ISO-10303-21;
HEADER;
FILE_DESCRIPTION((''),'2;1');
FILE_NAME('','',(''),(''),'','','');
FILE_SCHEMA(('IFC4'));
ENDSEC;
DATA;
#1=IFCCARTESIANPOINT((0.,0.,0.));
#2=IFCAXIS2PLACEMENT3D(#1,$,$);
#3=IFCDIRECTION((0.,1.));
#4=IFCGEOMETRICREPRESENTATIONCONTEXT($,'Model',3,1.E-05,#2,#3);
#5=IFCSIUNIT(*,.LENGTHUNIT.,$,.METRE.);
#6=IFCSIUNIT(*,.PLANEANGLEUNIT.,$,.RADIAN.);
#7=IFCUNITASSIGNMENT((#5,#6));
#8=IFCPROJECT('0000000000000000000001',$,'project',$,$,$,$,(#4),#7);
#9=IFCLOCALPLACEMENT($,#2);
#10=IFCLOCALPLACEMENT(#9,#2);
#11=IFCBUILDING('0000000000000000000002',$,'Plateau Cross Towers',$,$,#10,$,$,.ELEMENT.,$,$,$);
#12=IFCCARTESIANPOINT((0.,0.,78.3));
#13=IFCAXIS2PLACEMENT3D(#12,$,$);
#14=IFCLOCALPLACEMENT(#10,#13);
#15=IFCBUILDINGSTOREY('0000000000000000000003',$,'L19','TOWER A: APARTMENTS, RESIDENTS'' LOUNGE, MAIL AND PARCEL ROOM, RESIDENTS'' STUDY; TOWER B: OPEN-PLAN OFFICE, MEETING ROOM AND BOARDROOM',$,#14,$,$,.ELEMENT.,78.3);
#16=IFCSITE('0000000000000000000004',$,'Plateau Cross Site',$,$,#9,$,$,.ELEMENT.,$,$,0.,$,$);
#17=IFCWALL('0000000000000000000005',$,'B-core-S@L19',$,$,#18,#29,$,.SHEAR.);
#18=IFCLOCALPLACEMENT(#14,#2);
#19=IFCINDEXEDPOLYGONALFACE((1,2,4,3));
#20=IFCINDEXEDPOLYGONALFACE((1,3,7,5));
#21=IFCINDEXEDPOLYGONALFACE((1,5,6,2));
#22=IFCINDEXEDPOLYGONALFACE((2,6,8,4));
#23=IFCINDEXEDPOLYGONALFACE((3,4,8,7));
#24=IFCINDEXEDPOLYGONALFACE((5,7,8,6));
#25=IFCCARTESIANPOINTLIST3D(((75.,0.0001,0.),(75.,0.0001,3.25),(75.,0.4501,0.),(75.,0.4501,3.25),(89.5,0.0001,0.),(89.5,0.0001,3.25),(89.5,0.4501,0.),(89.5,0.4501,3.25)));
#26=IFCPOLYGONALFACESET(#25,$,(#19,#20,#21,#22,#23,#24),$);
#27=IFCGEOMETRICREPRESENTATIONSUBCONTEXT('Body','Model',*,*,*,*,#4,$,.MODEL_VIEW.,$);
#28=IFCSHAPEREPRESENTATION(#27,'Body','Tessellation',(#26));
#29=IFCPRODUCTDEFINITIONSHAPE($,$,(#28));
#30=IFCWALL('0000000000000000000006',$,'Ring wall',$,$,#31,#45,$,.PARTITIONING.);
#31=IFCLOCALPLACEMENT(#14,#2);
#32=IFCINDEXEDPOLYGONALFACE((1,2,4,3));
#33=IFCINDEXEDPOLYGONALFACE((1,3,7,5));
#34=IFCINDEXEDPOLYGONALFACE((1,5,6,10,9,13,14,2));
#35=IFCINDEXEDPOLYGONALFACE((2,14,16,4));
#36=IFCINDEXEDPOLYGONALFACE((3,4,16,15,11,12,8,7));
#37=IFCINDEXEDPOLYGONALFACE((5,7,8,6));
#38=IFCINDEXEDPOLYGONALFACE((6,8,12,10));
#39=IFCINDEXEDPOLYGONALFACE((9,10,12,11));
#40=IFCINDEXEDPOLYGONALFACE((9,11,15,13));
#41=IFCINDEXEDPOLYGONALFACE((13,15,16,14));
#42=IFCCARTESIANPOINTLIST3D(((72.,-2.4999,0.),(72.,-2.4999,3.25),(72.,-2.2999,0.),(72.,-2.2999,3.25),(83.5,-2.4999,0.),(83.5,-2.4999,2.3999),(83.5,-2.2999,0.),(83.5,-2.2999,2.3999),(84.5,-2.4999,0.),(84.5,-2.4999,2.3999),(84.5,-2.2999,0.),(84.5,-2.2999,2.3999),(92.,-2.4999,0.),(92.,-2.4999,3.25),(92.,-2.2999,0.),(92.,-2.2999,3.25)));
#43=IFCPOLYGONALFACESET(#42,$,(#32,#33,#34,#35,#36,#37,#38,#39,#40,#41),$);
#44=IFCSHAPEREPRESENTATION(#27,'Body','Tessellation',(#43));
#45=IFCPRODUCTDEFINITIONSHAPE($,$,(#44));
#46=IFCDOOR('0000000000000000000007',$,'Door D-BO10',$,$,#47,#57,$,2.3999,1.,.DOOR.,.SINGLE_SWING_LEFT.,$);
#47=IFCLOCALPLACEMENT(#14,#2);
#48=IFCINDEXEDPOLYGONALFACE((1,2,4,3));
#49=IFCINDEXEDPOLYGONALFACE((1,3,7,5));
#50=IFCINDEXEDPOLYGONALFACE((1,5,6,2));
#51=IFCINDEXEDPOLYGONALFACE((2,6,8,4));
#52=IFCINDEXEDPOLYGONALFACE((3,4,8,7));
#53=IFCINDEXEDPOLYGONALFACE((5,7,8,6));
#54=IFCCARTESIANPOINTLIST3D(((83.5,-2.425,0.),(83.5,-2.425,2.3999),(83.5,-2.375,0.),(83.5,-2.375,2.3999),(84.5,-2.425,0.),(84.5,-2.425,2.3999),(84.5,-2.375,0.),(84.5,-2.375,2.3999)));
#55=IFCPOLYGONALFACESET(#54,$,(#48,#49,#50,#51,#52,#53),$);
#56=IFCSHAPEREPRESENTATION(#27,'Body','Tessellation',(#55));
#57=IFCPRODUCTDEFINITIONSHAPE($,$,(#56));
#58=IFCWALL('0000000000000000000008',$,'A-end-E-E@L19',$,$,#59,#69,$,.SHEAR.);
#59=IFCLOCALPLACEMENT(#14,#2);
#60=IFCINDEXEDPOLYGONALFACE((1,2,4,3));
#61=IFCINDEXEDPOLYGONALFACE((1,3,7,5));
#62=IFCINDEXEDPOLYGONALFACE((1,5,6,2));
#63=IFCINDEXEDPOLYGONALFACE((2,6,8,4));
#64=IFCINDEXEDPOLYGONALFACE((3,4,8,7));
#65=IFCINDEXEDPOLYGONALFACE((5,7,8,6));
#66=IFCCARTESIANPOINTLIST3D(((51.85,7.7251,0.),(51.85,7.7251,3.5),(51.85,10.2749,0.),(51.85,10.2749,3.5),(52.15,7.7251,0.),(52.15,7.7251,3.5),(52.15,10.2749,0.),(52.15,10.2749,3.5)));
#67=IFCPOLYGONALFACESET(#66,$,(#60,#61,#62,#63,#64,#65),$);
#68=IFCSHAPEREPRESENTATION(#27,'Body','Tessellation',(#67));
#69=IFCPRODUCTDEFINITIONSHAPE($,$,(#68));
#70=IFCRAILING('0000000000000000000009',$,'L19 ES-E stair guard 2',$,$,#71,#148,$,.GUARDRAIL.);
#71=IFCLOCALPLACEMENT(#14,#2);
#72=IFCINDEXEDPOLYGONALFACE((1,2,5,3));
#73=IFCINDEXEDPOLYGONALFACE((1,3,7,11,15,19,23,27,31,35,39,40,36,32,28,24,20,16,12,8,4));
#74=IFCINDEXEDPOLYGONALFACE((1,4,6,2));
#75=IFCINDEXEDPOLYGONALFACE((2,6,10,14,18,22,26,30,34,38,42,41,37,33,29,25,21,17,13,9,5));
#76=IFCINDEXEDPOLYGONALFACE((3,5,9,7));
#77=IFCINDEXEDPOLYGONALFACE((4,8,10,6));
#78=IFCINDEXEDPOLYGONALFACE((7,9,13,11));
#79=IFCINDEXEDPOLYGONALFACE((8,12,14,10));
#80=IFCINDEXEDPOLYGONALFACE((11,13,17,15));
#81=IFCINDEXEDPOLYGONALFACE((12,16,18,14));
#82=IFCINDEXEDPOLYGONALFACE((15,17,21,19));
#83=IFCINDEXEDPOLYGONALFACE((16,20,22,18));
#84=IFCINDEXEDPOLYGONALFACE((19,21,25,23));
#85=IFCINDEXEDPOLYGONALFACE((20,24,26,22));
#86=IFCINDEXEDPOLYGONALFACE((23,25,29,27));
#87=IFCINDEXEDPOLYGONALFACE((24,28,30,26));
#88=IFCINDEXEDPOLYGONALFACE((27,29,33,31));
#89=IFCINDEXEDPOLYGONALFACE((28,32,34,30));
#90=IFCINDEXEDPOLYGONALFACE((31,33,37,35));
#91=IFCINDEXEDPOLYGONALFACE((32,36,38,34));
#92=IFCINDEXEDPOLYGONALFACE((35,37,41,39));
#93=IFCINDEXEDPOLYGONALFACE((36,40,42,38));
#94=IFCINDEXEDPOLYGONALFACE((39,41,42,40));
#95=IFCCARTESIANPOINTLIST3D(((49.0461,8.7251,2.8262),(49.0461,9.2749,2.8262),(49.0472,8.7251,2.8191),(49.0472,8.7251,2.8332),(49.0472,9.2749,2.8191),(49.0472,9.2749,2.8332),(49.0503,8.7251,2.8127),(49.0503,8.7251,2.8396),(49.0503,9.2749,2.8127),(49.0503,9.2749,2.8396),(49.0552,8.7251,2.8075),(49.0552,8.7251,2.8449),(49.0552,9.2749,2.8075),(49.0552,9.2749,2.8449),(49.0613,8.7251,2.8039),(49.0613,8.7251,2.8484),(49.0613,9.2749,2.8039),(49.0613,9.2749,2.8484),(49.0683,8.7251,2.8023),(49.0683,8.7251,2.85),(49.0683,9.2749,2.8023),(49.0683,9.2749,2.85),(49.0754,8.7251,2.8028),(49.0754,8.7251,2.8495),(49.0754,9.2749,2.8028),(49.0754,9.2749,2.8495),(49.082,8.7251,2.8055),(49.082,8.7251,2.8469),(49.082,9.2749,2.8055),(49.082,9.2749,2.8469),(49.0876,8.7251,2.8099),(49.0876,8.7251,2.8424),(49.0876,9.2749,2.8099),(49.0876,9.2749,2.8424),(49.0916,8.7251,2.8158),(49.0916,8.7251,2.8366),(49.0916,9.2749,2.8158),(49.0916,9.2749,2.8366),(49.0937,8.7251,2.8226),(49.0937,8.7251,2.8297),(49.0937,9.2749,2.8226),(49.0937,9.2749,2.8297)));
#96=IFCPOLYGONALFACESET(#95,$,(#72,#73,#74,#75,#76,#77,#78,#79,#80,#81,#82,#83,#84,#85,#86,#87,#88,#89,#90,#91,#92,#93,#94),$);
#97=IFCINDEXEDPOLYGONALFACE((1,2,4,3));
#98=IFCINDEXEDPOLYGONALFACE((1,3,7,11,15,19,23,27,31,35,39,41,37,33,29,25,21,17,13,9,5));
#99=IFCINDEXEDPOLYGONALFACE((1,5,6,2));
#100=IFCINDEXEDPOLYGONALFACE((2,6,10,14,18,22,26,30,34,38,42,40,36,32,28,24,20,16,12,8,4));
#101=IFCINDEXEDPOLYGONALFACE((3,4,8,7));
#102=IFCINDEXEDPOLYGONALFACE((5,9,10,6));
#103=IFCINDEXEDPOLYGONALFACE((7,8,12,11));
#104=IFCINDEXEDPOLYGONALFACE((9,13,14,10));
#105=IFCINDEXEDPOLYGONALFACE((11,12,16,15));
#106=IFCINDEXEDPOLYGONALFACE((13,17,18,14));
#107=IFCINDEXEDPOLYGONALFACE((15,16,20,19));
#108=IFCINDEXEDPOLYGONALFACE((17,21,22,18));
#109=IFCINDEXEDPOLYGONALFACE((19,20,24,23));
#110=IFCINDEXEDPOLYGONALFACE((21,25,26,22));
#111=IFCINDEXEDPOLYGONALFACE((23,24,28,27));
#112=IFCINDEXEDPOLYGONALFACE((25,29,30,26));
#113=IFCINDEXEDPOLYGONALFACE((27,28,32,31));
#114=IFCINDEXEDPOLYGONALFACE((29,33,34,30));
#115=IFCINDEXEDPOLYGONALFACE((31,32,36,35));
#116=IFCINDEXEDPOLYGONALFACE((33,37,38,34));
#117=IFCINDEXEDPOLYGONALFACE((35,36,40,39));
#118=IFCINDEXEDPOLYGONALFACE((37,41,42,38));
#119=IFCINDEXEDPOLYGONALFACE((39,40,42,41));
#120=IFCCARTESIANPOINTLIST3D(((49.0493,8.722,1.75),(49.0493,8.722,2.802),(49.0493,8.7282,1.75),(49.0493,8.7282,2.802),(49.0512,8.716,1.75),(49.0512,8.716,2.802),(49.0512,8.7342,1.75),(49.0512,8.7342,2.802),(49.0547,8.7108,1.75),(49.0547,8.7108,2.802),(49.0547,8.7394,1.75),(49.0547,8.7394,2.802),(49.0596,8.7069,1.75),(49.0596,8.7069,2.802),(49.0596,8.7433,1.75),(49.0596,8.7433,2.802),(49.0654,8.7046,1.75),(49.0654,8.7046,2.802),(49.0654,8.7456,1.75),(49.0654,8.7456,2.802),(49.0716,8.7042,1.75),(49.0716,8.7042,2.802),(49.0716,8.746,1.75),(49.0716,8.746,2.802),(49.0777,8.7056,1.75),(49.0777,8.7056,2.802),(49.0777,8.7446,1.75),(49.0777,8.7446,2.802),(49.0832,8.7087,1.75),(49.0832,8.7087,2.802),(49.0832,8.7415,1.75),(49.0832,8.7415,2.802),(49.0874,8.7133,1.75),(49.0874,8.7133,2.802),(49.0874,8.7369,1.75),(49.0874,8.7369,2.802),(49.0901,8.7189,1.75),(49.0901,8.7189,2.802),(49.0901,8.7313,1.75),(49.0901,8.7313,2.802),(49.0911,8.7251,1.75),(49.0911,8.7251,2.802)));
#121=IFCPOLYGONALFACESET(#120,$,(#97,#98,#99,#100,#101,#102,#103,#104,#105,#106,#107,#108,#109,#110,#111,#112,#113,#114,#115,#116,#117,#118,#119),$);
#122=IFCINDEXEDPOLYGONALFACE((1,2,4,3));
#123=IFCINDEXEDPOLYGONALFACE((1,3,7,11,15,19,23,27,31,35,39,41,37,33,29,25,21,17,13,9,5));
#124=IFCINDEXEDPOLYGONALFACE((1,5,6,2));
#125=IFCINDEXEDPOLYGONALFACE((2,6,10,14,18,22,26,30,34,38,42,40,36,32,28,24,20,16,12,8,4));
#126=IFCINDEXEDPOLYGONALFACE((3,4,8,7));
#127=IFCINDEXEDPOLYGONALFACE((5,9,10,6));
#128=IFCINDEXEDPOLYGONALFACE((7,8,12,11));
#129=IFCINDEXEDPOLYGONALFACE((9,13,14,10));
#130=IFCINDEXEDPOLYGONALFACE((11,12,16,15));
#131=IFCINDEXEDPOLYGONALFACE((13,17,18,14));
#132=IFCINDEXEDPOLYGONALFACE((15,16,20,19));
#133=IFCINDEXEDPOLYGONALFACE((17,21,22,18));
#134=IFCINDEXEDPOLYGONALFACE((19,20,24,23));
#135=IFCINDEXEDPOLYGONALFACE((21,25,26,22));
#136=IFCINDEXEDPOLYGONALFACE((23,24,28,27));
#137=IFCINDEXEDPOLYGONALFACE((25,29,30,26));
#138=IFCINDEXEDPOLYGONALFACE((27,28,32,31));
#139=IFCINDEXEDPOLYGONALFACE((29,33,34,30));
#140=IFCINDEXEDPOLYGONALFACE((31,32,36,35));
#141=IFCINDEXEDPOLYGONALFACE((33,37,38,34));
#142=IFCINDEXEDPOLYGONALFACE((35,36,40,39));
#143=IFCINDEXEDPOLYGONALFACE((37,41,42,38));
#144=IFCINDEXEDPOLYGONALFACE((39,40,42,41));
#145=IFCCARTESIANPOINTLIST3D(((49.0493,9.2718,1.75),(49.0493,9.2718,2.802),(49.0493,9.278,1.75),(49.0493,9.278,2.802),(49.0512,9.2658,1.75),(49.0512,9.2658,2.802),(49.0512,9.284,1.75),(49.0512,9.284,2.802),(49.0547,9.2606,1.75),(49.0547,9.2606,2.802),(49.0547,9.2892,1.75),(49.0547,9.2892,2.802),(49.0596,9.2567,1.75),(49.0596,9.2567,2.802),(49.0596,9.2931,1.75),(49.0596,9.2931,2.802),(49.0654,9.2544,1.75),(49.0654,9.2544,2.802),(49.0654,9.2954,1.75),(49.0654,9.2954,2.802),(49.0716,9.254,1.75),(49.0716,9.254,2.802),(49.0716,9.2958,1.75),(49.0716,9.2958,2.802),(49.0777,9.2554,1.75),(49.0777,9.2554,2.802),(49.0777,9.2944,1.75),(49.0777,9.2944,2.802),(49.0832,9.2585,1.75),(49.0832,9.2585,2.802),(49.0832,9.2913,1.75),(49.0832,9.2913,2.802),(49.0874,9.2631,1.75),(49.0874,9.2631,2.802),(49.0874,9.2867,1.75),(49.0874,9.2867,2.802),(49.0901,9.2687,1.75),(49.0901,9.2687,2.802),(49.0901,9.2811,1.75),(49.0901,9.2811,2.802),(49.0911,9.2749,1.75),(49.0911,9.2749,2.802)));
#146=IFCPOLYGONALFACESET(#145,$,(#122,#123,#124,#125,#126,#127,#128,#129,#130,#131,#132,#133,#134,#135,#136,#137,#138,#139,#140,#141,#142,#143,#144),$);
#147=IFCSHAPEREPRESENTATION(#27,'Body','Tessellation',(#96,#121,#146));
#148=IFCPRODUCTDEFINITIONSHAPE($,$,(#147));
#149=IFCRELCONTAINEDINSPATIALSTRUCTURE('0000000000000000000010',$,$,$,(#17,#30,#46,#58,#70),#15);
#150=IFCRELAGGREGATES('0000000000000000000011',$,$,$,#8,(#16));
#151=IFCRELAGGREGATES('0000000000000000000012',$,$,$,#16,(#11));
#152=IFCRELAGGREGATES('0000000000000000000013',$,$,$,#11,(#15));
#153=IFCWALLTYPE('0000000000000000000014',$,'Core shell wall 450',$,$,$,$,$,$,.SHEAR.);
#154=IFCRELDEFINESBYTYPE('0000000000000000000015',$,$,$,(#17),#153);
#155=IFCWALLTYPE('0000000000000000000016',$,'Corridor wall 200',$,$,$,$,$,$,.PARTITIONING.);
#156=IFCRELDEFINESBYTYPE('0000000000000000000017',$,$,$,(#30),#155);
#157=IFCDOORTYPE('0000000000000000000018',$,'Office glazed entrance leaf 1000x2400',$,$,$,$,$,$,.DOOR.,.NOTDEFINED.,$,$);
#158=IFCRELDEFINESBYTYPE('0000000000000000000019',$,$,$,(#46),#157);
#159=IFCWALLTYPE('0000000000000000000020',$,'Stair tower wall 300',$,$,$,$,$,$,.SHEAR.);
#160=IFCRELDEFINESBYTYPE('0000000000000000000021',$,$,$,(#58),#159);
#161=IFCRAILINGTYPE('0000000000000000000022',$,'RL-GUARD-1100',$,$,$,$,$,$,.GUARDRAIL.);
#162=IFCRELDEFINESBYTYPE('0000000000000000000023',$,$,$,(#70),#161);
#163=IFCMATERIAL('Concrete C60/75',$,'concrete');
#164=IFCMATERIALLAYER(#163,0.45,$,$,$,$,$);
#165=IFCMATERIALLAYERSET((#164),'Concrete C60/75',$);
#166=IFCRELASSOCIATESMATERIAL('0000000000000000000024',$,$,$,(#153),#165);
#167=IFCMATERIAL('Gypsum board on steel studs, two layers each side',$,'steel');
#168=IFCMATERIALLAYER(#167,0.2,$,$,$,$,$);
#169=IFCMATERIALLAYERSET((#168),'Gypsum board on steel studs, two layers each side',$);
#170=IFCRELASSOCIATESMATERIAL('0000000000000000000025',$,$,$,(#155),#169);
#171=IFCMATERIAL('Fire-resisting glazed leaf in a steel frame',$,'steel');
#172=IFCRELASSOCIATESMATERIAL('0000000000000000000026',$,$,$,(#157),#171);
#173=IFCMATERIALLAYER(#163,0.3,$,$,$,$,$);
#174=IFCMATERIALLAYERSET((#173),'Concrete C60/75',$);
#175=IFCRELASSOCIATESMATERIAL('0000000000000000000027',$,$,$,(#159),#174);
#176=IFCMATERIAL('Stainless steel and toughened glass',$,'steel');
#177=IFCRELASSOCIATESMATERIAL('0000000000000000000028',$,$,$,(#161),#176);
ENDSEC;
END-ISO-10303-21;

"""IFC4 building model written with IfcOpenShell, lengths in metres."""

from ifc_helpers import new_model, si_unit, direction, frame, frame_2d, origin, origin_2d, place, context, subcontext, project, spatial, rectangle, circle, extrude, material, layer, layer_set, type_object, element, fill, save


model = new_model("IFC4")

# Units and contexts
model_context = context("Model", 3, precision=1e-05, world=origin(), true_north=direction((0.0, 1.0)))
body_context = subcontext(model_context, "Body", "Model", "MODEL_VIEW")
ifc_project = project(units=[si_unit("LENGTHUNIT", "METRE"), si_unit("PLANEANGLEUNIT", "RADIAN")], contexts=[model_context])

# Site, building, storey
site_placement = place(None, origin())
site = spatial("IfcSite", under=ifc_project, at=site_placement, Name="Plateau Cross Site", CompositionType="ELEMENT", RefElevation=0.0)
building_placement = place(site_placement, origin())
building = spatial("IfcBuilding", under=site, at=building_placement, Name="Plateau Cross Towers", CompositionType="ELEMENT")
storey_placement = place(building_placement, frame((0.0, 0.0, 78.3)))
storey = spatial("IfcBuildingStorey", under=building, at=storey_placement, Name="L19", Description="TOWER A: APARTMENTS, RESIDENTS' LOUNGE, MAIL AND PARCEL ROOM, RESIDENTS' STUDY; TOWER B: OPEN-PLAN OFFICE, MEETING ROOM AND BOARDROOM", CompositionType="ELEMENT", Elevation=78.3)

# Shared definitions
ifc_material_1 = material(Name="Concrete C60/75", Category="concrete")

# Wall
ifc_layer_1 = layer(ifc_material_1, 0.45)
ifc_layer_set_1 = layer_set([ifc_layer_1], Name="Concrete C60/75")
wall_type_1 = type_object("IfcWallType", Name="Core shell wall 450", PredefinedType="SHEAR", material=ifc_layer_set_1)
wall_1_placement = place(storey_placement, frame((75.0, 0.2251, 0.0), z_axis=(0.0, 0.0, 1.0), x_axis=(1.0, 0.0, 0.0)))
element("IfcWall", 1, at=wall_1_placement, inside=storey, type_object=wall_type_1, Name="B-core-S@L19", PredefinedType="SHEAR", context=body_context, shape_type="SweptSolid", body=[
    extrude(rectangle(XDim=14.5, YDim=0.45, at=frame_2d((7.25, 0.0))), origin(), (0.0, 0.0, 1.0), 3.25),
])

# Wall, opening, door
ifc_material_2 = material(Name="Gypsum board on steel studs, two layers each side", Category="steel")
ifc_layer_2 = layer(ifc_material_2, 0.2)
ifc_layer_set_2 = layer_set([ifc_layer_2], Name="Gypsum board on steel studs, two layers each side")
wall_type_2 = type_object("IfcWallType", Name="Corridor wall 200", PredefinedType="PARTITIONING", material=ifc_layer_set_2)
wall_2_placement = place(storey_placement, frame((72.0, -2.3999, 0.0), z_axis=(0.0, 0.0, 1.0), x_axis=(1.0, 0.0, 0.0)))
wall_2 = element("IfcWall", 2, at=wall_2_placement, inside=storey, type_object=wall_type_2, Name="Ring wall", PredefinedType="PARTITIONING", context=body_context, shape_type="SweptSolid", body=[
    extrude(rectangle(XDim=20.0, YDim=0.2, at=frame_2d((10.0, 0.0))), origin(), (0.0, 0.0, 1.0), 3.25),
])
opening_placement = place(wall_2_placement, frame((11.5, 0.0, 0.0)))
opening = element("IfcOpeningElement", 3, at=opening_placement, cuts=wall_2, PredefinedType="OPENING", context=body_context, shape_type="SweptSolid", body=[
    extrude(rectangle(XDim=1.0, YDim=2.3999, at=frame_2d((0.5, 1.2))), frame((0.0, 0.1099, 0.0), z_axis=(0.0, -1.0, 0.0), x_axis=(1.0, 0.0, 0.0)), (0.0, 0.0, 1.0), 0.22),
])
ifc_material_3 = material(Name="Fire-resisting glazed leaf in a steel frame", Category="steel")
door_type = type_object("IfcDoorType", Name="Office glazed entrance leaf 1000x2400", OperationType="NOTDEFINED", PredefinedType="DOOR", material=ifc_material_3)
door_placement = place(opening_placement, origin())
door = element("IfcDoor", 4, at=door_placement, inside=storey, type_object=door_type, Name="Door D-BO10", OperationType="SINGLE_SWING_LEFT", OverallHeight=2.3999, OverallWidth=1.0, PredefinedType="DOOR", context=body_context, shape_type="SweptSolid", body=[
    extrude(rectangle(XDim=1.0, YDim=2.3999, at=frame_2d((0.5, 1.2))), frame((0.0, 0.0249, 0.0), z_axis=(0.0, -1.0, 0.0), x_axis=(1.0, 0.0, 0.0)), (0.0, 0.0, 1.0), 0.05),
])
fill(opening, door)

# Wall
ifc_layer_3 = layer(ifc_material_1, 0.3)
ifc_layer_set_3 = layer_set([ifc_layer_3], Name="Concrete C60/75")
wall_type_3 = type_object("IfcWallType", Name="Stair tower wall 300", PredefinedType="SHEAR", material=ifc_layer_set_3)
wall_3_placement = place(storey_placement, frame((52.0, 7.7251, 0.0), z_axis=(0.0, 0.0, 1.0), x_axis=(0.0, 1.0, 0.0)))
element("IfcWall", 5, at=wall_3_placement, inside=storey, type_object=wall_type_3, Name="A-end-E-E@L19", PredefinedType="SHEAR", context=body_context, shape_type="SweptSolid", body=[
    extrude(rectangle(XDim=2.5498, YDim=0.3, at=frame_2d((1.2749, 0.0))), origin(), (0.0, 0.0, 1.0), 3.5),
])

# Railing
ifc_material_4 = material(Name="Stainless steel and toughened glass", Category="steel")
railing_type = type_object("IfcRailingType", Name="RL-GUARD-1100", PredefinedType="GUARDRAIL", material=ifc_material_4)
railing_placement = place(storey_placement, frame((49.0701, 8.7251, 1.75)))
element("IfcRailing", 6, at=railing_placement, inside=storey, type_object=railing_type, Name="L19 ES-E stair guard 2", PredefinedType="GUARDRAIL", context=body_context, shape_type="SweptSolid", body=[
    extrude(circle(Radius=0.0239, at=origin_2d()), frame((0.0, 0.0, 1.0762), z_axis=(0.0, 1.0, 0.0), x_axis=(-1.0, 0.0, 0.0)), (0.0, 0.0, 1.0), 0.5498),
    extrude(circle(Radius=0.021, at=origin_2d()), origin(), (0.0, 0.0, 1.0), 1.052),
    extrude(circle(Radius=0.021, at=origin_2d()), frame((0.0, 0.5498, 0.0)), (0.0, 0.0, 1.0), 1.052),
])

save(model, "model.ifc")
